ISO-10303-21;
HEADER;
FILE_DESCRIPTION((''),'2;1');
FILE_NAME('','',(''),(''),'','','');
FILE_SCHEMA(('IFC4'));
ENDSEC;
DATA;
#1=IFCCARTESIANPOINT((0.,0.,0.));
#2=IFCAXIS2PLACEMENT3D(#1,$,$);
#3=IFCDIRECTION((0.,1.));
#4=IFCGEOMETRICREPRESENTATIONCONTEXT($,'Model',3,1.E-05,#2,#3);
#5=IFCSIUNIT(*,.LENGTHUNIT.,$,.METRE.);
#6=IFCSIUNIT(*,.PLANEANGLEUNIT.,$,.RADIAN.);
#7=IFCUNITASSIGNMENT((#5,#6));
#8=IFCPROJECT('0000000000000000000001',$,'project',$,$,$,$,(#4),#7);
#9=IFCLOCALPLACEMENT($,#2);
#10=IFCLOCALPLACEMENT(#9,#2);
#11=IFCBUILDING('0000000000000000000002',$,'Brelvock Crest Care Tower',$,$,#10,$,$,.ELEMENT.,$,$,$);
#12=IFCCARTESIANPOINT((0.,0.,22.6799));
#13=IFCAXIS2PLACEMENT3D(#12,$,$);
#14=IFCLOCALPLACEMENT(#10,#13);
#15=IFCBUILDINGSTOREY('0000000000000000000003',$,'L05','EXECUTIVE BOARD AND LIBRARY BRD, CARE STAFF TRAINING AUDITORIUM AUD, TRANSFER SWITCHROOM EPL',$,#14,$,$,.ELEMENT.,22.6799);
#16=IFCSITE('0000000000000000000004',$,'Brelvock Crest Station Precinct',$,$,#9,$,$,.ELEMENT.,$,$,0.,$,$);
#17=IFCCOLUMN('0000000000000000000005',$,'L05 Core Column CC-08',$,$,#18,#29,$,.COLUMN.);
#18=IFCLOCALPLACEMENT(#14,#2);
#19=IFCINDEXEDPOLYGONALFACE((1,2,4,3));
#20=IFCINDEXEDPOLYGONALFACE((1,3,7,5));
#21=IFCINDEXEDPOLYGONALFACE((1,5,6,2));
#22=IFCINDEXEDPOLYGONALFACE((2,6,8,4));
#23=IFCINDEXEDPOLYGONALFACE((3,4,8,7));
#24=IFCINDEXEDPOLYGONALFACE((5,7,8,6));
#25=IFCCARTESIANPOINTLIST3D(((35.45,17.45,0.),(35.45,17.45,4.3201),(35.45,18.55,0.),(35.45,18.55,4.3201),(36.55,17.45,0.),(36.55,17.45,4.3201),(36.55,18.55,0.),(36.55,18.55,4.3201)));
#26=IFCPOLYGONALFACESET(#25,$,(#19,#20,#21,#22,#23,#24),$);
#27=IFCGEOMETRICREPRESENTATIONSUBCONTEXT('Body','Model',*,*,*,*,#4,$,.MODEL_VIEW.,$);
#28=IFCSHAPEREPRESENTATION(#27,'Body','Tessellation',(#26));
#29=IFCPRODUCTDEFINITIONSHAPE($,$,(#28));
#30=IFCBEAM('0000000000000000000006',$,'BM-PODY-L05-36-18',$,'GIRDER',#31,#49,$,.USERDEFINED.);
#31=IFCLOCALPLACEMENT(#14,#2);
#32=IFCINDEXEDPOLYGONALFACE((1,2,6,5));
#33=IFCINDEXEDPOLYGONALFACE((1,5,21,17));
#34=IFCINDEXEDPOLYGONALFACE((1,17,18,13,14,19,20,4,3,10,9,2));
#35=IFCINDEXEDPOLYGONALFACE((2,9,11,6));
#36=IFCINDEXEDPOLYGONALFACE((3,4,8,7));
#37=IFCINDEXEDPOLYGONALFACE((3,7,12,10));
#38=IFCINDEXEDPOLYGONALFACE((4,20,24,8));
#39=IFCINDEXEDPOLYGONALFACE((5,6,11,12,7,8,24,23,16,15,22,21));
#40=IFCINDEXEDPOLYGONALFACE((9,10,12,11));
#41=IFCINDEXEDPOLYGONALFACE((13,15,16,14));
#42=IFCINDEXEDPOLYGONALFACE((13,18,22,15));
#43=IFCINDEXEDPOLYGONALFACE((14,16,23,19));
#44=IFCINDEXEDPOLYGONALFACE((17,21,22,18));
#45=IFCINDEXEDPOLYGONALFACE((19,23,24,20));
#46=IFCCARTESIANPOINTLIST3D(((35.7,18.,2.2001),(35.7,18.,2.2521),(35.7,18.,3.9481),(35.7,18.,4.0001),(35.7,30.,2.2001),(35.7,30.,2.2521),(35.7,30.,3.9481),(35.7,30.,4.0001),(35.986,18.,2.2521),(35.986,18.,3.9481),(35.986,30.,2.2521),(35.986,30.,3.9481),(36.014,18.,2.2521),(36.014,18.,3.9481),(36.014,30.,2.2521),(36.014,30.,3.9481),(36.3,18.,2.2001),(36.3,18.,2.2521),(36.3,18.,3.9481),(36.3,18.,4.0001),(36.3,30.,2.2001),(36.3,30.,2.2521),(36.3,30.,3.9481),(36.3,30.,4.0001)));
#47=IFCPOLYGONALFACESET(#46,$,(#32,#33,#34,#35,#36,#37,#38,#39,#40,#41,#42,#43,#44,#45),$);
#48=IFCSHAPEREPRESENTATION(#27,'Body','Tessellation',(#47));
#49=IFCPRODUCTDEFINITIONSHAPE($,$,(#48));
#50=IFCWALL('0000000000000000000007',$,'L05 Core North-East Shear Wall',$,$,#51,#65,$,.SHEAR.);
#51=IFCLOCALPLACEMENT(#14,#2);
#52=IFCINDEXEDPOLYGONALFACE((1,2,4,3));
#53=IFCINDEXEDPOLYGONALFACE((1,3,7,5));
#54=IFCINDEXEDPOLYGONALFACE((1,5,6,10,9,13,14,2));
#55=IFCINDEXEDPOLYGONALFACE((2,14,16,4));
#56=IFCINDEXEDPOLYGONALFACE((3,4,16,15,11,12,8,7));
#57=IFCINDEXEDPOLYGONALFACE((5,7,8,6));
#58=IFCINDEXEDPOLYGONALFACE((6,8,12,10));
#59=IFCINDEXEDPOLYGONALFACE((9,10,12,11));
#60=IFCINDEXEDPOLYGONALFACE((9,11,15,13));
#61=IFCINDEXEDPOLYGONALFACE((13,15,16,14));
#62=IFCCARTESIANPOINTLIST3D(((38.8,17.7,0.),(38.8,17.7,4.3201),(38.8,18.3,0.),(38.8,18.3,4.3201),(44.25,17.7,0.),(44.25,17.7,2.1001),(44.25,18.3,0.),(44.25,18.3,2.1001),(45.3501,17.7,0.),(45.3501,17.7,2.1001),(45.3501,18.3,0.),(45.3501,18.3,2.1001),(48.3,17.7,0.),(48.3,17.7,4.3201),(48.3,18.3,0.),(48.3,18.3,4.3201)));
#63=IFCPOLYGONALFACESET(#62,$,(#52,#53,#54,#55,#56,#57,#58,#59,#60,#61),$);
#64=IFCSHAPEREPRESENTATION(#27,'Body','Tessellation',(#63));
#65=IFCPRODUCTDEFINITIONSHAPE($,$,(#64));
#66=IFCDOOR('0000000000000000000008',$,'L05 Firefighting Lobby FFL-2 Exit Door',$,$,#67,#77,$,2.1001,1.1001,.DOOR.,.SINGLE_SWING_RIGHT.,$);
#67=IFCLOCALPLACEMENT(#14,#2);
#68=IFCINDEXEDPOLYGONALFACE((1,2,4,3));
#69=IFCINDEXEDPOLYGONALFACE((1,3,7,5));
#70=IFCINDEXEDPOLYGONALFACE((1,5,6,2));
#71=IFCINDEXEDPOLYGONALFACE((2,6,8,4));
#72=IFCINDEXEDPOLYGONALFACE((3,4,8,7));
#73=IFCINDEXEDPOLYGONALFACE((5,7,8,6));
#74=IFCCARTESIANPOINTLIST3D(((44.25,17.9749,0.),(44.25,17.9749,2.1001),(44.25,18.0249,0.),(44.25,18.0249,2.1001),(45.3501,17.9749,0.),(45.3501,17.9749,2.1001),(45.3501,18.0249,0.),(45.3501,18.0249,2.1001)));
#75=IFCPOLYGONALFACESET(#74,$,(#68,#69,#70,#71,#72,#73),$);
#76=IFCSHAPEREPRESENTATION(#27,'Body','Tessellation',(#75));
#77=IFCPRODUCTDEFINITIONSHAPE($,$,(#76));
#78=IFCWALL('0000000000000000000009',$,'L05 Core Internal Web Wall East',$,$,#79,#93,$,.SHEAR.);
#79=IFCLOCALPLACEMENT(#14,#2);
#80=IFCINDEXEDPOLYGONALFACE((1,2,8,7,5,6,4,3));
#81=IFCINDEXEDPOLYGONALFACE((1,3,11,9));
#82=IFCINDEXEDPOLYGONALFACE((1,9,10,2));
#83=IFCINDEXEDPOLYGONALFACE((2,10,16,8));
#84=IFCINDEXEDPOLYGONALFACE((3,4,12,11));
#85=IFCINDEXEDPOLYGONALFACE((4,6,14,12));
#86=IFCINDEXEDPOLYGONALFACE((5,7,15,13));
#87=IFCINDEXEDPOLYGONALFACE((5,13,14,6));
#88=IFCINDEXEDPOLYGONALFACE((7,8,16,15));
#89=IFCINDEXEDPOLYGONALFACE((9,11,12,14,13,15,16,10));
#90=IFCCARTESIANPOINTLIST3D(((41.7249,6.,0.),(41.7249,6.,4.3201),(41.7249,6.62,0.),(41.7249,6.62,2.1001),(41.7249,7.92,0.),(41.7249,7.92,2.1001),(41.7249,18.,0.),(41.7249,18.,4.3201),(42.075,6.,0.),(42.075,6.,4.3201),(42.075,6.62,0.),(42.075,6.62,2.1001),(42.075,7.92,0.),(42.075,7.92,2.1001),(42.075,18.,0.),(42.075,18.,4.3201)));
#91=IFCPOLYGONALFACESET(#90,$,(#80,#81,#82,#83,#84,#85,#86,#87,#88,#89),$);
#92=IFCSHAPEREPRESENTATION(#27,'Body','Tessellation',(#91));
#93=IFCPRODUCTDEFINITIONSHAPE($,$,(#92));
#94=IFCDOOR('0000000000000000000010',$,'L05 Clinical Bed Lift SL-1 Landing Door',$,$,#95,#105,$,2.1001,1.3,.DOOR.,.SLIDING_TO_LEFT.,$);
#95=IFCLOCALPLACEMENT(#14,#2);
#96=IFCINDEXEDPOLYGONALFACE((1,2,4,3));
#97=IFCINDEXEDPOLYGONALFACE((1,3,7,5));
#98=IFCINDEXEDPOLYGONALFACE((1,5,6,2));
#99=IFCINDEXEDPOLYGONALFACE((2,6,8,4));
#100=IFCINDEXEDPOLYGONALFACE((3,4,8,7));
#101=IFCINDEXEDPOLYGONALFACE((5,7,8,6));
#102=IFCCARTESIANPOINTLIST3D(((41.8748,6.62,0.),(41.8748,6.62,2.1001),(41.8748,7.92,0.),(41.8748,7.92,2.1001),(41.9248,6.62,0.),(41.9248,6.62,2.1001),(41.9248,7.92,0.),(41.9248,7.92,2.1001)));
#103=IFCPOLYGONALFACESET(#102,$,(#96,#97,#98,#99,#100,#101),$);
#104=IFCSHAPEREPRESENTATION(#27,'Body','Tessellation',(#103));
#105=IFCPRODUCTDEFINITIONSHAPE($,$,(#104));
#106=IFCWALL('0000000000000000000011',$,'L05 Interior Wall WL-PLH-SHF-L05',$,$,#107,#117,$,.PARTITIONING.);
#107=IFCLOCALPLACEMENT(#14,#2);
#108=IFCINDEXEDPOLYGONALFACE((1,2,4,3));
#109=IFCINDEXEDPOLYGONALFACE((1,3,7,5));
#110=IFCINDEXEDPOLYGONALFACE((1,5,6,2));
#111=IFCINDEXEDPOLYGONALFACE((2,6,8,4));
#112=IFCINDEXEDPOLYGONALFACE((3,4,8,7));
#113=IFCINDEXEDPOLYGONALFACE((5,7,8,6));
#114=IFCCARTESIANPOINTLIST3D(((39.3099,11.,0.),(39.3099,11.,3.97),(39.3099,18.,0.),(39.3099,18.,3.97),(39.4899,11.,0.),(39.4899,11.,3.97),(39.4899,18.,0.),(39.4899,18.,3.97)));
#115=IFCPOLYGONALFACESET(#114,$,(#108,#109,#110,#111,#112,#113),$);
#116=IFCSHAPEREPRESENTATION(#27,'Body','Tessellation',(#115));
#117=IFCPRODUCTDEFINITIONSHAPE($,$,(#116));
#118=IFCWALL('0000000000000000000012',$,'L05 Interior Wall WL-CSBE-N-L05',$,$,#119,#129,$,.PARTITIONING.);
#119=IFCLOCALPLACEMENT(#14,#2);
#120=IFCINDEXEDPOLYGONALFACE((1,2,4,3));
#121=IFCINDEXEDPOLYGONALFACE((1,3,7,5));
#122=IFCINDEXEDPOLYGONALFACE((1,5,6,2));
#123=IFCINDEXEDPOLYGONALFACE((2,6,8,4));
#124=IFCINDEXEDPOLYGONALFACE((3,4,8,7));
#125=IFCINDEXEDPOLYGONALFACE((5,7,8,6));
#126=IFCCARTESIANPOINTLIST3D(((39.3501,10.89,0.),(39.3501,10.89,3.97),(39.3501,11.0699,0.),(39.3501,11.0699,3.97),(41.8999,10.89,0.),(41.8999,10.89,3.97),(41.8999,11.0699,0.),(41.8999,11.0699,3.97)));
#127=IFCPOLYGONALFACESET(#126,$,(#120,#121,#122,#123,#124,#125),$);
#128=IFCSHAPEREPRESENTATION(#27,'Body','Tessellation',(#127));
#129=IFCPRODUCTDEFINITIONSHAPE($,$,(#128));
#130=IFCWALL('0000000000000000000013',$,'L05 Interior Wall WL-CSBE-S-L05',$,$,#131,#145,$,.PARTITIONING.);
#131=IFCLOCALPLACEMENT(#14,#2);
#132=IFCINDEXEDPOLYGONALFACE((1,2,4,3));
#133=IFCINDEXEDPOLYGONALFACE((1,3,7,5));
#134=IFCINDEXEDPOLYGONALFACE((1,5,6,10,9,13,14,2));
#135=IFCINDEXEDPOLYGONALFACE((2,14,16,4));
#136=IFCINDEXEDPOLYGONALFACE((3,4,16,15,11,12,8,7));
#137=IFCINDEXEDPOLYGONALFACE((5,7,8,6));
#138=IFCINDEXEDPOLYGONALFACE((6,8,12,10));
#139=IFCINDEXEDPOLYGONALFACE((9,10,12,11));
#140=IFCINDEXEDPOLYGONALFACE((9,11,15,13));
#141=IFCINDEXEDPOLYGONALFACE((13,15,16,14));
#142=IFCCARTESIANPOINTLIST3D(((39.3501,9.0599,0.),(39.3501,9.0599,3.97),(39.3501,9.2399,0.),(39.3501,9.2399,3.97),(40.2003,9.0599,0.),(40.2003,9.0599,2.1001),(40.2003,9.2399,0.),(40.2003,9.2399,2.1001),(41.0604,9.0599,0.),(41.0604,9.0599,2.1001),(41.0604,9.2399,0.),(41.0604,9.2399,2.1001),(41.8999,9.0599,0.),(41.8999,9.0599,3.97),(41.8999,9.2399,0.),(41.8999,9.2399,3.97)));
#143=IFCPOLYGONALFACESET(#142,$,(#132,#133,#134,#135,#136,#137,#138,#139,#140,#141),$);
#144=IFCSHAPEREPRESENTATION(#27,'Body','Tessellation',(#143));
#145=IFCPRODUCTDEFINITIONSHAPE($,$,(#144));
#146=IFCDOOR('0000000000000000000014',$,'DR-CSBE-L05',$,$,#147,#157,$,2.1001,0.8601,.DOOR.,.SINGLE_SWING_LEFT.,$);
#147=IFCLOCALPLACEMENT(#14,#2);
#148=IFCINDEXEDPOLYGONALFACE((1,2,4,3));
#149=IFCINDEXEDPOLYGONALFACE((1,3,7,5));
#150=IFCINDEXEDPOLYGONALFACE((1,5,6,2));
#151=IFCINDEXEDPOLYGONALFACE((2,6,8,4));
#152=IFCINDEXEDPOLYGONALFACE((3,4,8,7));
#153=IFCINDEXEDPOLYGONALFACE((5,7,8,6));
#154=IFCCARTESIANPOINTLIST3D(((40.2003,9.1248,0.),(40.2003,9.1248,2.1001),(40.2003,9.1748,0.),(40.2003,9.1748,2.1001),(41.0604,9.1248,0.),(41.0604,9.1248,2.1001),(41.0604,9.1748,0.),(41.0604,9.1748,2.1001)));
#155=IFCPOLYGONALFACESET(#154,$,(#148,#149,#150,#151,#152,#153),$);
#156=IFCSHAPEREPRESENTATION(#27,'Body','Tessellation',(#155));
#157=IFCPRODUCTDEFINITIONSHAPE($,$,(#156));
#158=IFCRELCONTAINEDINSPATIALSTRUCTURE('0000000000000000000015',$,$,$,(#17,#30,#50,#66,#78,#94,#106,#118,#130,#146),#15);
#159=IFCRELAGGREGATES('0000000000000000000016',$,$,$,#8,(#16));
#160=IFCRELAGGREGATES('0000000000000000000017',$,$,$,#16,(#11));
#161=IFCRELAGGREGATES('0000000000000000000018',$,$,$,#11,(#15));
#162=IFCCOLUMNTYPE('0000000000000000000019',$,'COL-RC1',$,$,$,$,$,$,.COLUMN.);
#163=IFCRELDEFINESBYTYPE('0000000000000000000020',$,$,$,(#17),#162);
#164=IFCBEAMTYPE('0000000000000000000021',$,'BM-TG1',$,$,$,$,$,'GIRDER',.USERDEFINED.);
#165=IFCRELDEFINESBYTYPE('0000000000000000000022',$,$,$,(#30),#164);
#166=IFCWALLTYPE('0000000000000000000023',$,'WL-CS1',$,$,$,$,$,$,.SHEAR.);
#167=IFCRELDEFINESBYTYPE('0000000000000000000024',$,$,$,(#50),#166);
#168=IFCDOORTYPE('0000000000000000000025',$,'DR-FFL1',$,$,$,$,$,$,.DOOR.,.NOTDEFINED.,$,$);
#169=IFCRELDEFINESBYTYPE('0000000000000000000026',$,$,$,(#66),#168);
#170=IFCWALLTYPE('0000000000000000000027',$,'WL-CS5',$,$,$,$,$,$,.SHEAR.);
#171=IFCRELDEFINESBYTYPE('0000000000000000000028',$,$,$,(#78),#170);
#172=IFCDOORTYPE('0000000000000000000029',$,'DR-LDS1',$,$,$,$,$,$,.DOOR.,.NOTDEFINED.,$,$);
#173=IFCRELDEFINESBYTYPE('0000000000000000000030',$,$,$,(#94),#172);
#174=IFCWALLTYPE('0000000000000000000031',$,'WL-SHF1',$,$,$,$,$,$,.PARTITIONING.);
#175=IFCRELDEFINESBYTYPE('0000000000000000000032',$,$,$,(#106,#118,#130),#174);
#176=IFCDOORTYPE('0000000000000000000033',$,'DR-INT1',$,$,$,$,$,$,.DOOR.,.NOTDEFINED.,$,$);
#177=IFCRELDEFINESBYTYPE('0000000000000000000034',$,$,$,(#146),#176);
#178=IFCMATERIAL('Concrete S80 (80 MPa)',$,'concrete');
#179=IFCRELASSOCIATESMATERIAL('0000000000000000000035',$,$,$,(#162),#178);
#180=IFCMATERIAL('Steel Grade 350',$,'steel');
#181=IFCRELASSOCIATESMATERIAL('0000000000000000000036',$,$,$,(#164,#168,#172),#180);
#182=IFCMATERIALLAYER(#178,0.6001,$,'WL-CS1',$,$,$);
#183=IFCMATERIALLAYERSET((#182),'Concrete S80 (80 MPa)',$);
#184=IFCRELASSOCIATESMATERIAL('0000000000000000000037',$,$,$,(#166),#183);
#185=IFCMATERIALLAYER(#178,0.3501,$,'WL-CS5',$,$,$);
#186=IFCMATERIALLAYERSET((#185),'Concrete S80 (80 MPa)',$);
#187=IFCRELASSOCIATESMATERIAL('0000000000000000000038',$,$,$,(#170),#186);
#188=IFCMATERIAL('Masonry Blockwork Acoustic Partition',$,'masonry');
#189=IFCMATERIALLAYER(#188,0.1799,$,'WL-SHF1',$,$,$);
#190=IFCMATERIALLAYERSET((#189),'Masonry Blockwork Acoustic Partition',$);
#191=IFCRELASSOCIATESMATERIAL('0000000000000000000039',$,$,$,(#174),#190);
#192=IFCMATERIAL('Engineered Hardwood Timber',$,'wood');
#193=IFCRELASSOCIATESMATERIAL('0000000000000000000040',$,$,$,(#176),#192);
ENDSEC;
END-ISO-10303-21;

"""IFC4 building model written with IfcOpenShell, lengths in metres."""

from ifc_helpers import new_model, si_unit, direction, frame, frame_2d, origin, origin_2d, place, context, subcontext, project, spatial, rectangle, i_section, extrude, source, transform, mapped, material, layer, layer_set, material_profile, profile_set, type_object, element, fill, save


model = new_model("IFC4")

# Units and contexts
model_context = context("Model", 3, precision=1e-05, world=origin(), true_north=direction((0.0, 1.0)))
body_context = subcontext(model_context, "Body", "Model", "MODEL_VIEW")
ifc_project = project(units=[si_unit("LENGTHUNIT", "METRE"), si_unit("PLANEANGLEUNIT", "RADIAN")], contexts=[model_context])

# Site, building, storey
site_placement = place(None, origin())
site = spatial("IfcSite", under=ifc_project, at=site_placement, Name="Brelvock Crest Station Precinct", CompositionType="ELEMENT", RefElevation=0.0)
building_placement = place(site_placement, origin())
building = spatial("IfcBuilding", under=site, at=building_placement, Name="Brelvock Crest Care Tower", CompositionType="ELEMENT")
storey_placement = place(building_placement, frame((0.0, 0.0, 22.6799)))
storey = spatial("IfcBuildingStorey", under=building, at=storey_placement, Name="L05", Description="EXECUTIVE BOARD AND LIBRARY BRD, CARE STAFF TRAINING AUDITORIUM AUD, TRANSFER SWITCHROOM EPL", CompositionType="ELEMENT", Elevation=22.6799)

# Column
ifc_material_1 = material(Name="Concrete S80 (80 MPa)", Category="concrete")
ifc_material_profile_1 = material_profile(ifc_material_1, rectangle(XDim=1.1001, YDim=1.1001, at=origin_2d()), Name="RC1100x1100")
ifc_profile_set_1 = profile_set([ifc_material_profile_1], Name="Concrete S80 (80 MPa)")
column_type = type_object("IfcColumnType", Name="COL-RC1", PredefinedType="COLUMN", material=ifc_profile_set_1)
shared_shape_1 = source(origin(), body_context, "Body", "SweptSolid", [
    extrude(rectangle(XDim=1.1001, YDim=1.1001, at=origin_2d()), origin(), (0.0, 0.0, 1.0), 4.3201),
])
column_placement = place(storey_placement, frame((36.0, 18.0, 0.0), z_axis=(0.0, 0.0, 1.0), x_axis=(1.0, 0.0, 0.0)))
element("IfcColumn", 1, at=column_placement, inside=storey, type_object=column_type, Name="L05 Core Column CC-08", PredefinedType="COLUMN", context=body_context, shape_type="MappedRepresentation", body=[
    mapped(shared_shape_1, transform((0.0, 0.0, 0.0), x_axis=(1.0, 0.0, 0.0), y_axis=(0.0, 1.0, 0.0), z_axis=(0.0, 0.0, 1.0), scale=1.0)),
])

# Beam
ifc_material_2 = material(Name="Steel Grade 350", Category="steel")
ifc_material_profile_2 = material_profile(ifc_material_2, i_section(OverallWidth=0.6001, OverallDepth=1.8, WebThickness=0.0281, FlangeThickness=0.052, at=origin_2d()), Name="1800TG740")
ifc_profile_set_2 = profile_set([ifc_material_profile_2], Name="Steel Grade 350")
beam_type = type_object("IfcBeamType", Name="BM-TG1", ElementType="GIRDER", PredefinedType="USERDEFINED", material=ifc_profile_set_2)
shared_shape_2 = source(origin(), body_context, "Body", "SweptSolid", [
    extrude(i_section(OverallWidth=0.6001, OverallDepth=1.8, WebThickness=0.0281, FlangeThickness=0.052, at=origin_2d()), origin(), (0.0, 0.0, 1.0), 12.0),
])
beam_placement = place(storey_placement, frame((36.0, 18.0, 3.1001), z_axis=(0.0, 1.0, 0.0), x_axis=(-1.0, 0.0, 0.0)))
element("IfcBeam", 2, at=beam_placement, inside=storey, type_object=beam_type, Name="BM-PODY-L05-36-18", ObjectType="GIRDER", PredefinedType="USERDEFINED", context=body_context, shape_type="MappedRepresentation", body=[
    mapped(shared_shape_2, transform((0.0, 0.0, 0.0), x_axis=(1.0, 0.0, 0.0), y_axis=(0.0, 1.0, 0.0), z_axis=(0.0, 0.0, 1.0), scale=1.0)),
])

# Walls, openings, doors
ifc_layer_1 = layer(ifc_material_1, 0.6001, Name="WL-CS1")
ifc_layer_set_1 = layer_set([ifc_layer_1], Name="Concrete S80 (80 MPa)")
wall_type_1 = type_object("IfcWallType", Name="WL-CS1", PredefinedType="SHEAR", material=ifc_layer_set_1)
wall_1_placement = place(storey_placement, frame((38.8, 18.0, 0.0), z_axis=(0.0, 0.0, 1.0), x_axis=(1.0, 0.0, 0.0)))
wall_1 = element("IfcWall", 3, at=wall_1_placement, inside=storey, type_object=wall_type_1, Name="L05 Core North-East Shear Wall", PredefinedType="SHEAR", context=body_context, shape_type="SweptSolid", body=[
    extrude(rectangle(XDim=9.5, YDim=0.6001, at=frame_2d((4.75, 0.0))), origin(), (0.0, 0.0, 1.0), 4.3201),
])
opening_1_placement = place(wall_1_placement, frame((5.45, 0.0, 0.0)))
opening_1 = element("IfcOpeningElement", 4, at=opening_1_placement, cuts=wall_1, PredefinedType="OPENING", context=body_context, shape_type="SweptSolid", body=[
    extrude(rectangle(XDim=1.1001, YDim=2.1001, at=origin_2d()), frame((0.55, 0.3101, 1.05), z_axis=(0.0, -1.0, 0.0), x_axis=(1.0, 0.0, 0.0)), (0.0, 0.0, 1.0), 0.6201),
])
door_type_1 = type_object("IfcDoorType", Name="DR-FFL1", OperationType="NOTDEFINED", PredefinedType="DOOR", material=ifc_material_2)
shared_shape_3 = source(origin(), body_context, "Body", "SweptSolid", [
    extrude(rectangle(XDim=1.1001, YDim=2.1001, at=origin_2d()), frame((0.55, 0.0249, 1.05), z_axis=(0.0, -1.0, 0.0), x_axis=(1.0, 0.0, 0.0)), (0.0, 0.0, 1.0), 0.05),
])
door_1_placement = place(opening_1_placement, origin())
door_1 = element("IfcDoor", 5, at=door_1_placement, inside=storey, type_object=door_type_1, Name="L05 Firefighting Lobby FFL-2 Exit Door", OperationType="SINGLE_SWING_RIGHT", OverallHeight=2.1001, OverallWidth=1.1001, PredefinedType="DOOR", context=body_context, shape_type="MappedRepresentation", body=[
    mapped(shared_shape_3, transform((0.0, 0.0, 0.0), x_axis=(1.0, 0.0, 0.0), y_axis=(0.0, 1.0, 0.0), z_axis=(0.0, 0.0, 1.0), scale=1.0)),
])
fill(opening_1, door_1)
ifc_layer_2 = layer(ifc_material_1, 0.3501, Name="WL-CS5")
ifc_layer_set_2 = layer_set([ifc_layer_2], Name="Concrete S80 (80 MPa)")
wall_type_2 = type_object("IfcWallType", Name="WL-CS5", PredefinedType="SHEAR", material=ifc_layer_set_2)
wall_2_placement = place(storey_placement, frame((41.8999, 18.0, 0.0), z_axis=(0.0, 0.0, 1.0), x_axis=(0.0, -1.0, 0.0)))
wall_2 = element("IfcWall", 6, at=wall_2_placement, inside=storey, type_object=wall_type_2, Name="L05 Core Internal Web Wall East", PredefinedType="SHEAR", context=body_context, shape_type="SweptSolid", body=[
    extrude(rectangle(XDim=12.0, YDim=0.3501, at=frame_2d((6.0, 0.0))), origin(), (0.0, 0.0, 1.0), 4.3201),
])
opening_2_placement = place(wall_2_placement, frame((10.0801, 0.0, 0.0)))
opening_2 = element("IfcOpeningElement", 7, at=opening_2_placement, cuts=wall_2, PredefinedType="OPENING", context=body_context, shape_type="SweptSolid", body=[
    extrude(rectangle(XDim=1.3, YDim=2.1001, at=origin_2d()), frame((0.6499, 0.1851, 1.05), z_axis=(0.0, -1.0, 0.0), x_axis=(1.0, 0.0, 0.0)), (0.0, 0.0, 1.0), 0.3701),
])
door_type_2 = type_object("IfcDoorType", Name="DR-LDS1", OperationType="NOTDEFINED", PredefinedType="DOOR", material=ifc_material_2)
shared_shape_4 = source(origin(), body_context, "Body", "SweptSolid", [
    extrude(rectangle(XDim=1.3, YDim=2.1001, at=origin_2d()), frame((0.6499, 0.0249, 1.05), z_axis=(0.0, -1.0, 0.0), x_axis=(1.0, 0.0, 0.0)), (0.0, 0.0, 1.0), 0.05),
])
door_2_placement = place(opening_2_placement, origin())
door_2 = element("IfcDoor", 8, at=door_2_placement, inside=storey, type_object=door_type_2, Name="L05 Clinical Bed Lift SL-1 Landing Door", OperationType="SLIDING_TO_LEFT", OverallHeight=2.1001, OverallWidth=1.3, PredefinedType="DOOR", context=body_context, shape_type="MappedRepresentation", body=[
    mapped(shared_shape_4, transform((0.0, 0.0, 0.0), x_axis=(1.0, 0.0, 0.0), y_axis=(0.0, 1.0, 0.0), z_axis=(0.0, 0.0, 1.0), scale=1.0)),
])
fill(opening_2, door_2)

# Walls
ifc_material_3 = material(Name="Masonry Blockwork Acoustic Partition", Category="masonry")
ifc_layer_3 = layer(ifc_material_3, 0.1799, Name="WL-SHF1")
ifc_layer_set_3 = layer_set([ifc_layer_3], Name="Masonry Blockwork Acoustic Partition")
wall_type_3 = type_object("IfcWallType", Name="WL-SHF1", PredefinedType="PARTITIONING", material=ifc_layer_set_3)
wall_3_placement = place(storey_placement, frame((39.3999, 11.0, 0.0), z_axis=(0.0, 0.0, 1.0), x_axis=(0.0, 1.0, 0.0)))
element("IfcWall", 9, at=wall_3_placement, inside=storey, type_object=wall_type_3, Name="L05 Interior Wall WL-PLH-SHF-L05", PredefinedType="PARTITIONING", context=body_context, shape_type="SweptSolid", body=[
    extrude(rectangle(XDim=7.0, YDim=0.1799, at=frame_2d((3.5, 0.0))), origin(), (0.0, 0.0, 1.0), 3.97),
])
wall_4_placement = place(storey_placement, frame((39.3501, 10.98, 0.0), z_axis=(0.0, 0.0, 1.0), x_axis=(1.0, 0.0, 0.0)))
element("IfcWall", 10, at=wall_4_placement, inside=storey, type_object=wall_type_3, Name="L05 Interior Wall WL-CSBE-N-L05", PredefinedType="PARTITIONING", context=body_context, shape_type="SweptSolid", body=[
    extrude(rectangle(XDim=2.5498, YDim=0.1799, at=frame_2d((1.2749, 0.0))), origin(), (0.0, 0.0, 1.0), 3.97),
])

# Wall, opening, door
wall_5_placement = place(storey_placement, frame((39.3501, 9.1499, 0.0), z_axis=(0.0, 0.0, 1.0), x_axis=(1.0, 0.0, 0.0)))
wall_5 = element("IfcWall", 11, at=wall_5_placement, inside=storey, type_object=wall_type_3, Name="L05 Interior Wall WL-CSBE-S-L05", PredefinedType="PARTITIONING", context=body_context, shape_type="SweptSolid", body=[
    extrude(rectangle(XDim=2.5498, YDim=0.1799, at=frame_2d((1.2749, 0.0))), origin(), (0.0, 0.0, 1.0), 3.97),
])
opening_3_placement = place(wall_5_placement, frame((0.8501, 0.0, 0.0)))
opening_3 = element("IfcOpeningElement", 12, at=opening_3_placement, cuts=wall_5, PredefinedType="OPENING", context=body_context, shape_type="SweptSolid", body=[
    extrude(rectangle(XDim=0.8601, YDim=2.1001, at=origin_2d()), frame((0.4302, 0.1001, 1.05), z_axis=(0.0, -1.0, 0.0), x_axis=(1.0, 0.0, 0.0)), (0.0, 0.0, 1.0), 0.2),
])
ifc_material_4 = material(Name="Engineered Hardwood Timber", Category="wood")
door_type_3 = type_object("IfcDoorType", Name="DR-INT1", OperationType="NOTDEFINED", PredefinedType="DOOR", material=ifc_material_4)
shared_shape_5 = source(origin(), body_context, "Body", "SweptSolid", [
    extrude(rectangle(XDim=0.8601, YDim=2.1001, at=origin_2d()), frame((0.4302, 0.0249, 1.05), z_axis=(0.0, -1.0, 0.0), x_axis=(1.0, 0.0, 0.0)), (0.0, 0.0, 1.0), 0.05),
])
door_3_placement = place(opening_3_placement, origin())
door_3 = element("IfcDoor", 13, at=door_3_placement, inside=storey, type_object=door_type_3, Name="DR-CSBE-L05", OperationType="SINGLE_SWING_LEFT", OverallHeight=2.1001, OverallWidth=0.8601, PredefinedType="DOOR", context=body_context, shape_type="MappedRepresentation", body=[
    mapped(shared_shape_5, transform((0.0, 0.0, 0.0), x_axis=(1.0, 0.0, 0.0), y_axis=(0.0, 1.0, 0.0), z_axis=(0.0, 0.0, 1.0), scale=1.0)),
])
fill(opening_3, door_3)

save(model, "model.ifc")
